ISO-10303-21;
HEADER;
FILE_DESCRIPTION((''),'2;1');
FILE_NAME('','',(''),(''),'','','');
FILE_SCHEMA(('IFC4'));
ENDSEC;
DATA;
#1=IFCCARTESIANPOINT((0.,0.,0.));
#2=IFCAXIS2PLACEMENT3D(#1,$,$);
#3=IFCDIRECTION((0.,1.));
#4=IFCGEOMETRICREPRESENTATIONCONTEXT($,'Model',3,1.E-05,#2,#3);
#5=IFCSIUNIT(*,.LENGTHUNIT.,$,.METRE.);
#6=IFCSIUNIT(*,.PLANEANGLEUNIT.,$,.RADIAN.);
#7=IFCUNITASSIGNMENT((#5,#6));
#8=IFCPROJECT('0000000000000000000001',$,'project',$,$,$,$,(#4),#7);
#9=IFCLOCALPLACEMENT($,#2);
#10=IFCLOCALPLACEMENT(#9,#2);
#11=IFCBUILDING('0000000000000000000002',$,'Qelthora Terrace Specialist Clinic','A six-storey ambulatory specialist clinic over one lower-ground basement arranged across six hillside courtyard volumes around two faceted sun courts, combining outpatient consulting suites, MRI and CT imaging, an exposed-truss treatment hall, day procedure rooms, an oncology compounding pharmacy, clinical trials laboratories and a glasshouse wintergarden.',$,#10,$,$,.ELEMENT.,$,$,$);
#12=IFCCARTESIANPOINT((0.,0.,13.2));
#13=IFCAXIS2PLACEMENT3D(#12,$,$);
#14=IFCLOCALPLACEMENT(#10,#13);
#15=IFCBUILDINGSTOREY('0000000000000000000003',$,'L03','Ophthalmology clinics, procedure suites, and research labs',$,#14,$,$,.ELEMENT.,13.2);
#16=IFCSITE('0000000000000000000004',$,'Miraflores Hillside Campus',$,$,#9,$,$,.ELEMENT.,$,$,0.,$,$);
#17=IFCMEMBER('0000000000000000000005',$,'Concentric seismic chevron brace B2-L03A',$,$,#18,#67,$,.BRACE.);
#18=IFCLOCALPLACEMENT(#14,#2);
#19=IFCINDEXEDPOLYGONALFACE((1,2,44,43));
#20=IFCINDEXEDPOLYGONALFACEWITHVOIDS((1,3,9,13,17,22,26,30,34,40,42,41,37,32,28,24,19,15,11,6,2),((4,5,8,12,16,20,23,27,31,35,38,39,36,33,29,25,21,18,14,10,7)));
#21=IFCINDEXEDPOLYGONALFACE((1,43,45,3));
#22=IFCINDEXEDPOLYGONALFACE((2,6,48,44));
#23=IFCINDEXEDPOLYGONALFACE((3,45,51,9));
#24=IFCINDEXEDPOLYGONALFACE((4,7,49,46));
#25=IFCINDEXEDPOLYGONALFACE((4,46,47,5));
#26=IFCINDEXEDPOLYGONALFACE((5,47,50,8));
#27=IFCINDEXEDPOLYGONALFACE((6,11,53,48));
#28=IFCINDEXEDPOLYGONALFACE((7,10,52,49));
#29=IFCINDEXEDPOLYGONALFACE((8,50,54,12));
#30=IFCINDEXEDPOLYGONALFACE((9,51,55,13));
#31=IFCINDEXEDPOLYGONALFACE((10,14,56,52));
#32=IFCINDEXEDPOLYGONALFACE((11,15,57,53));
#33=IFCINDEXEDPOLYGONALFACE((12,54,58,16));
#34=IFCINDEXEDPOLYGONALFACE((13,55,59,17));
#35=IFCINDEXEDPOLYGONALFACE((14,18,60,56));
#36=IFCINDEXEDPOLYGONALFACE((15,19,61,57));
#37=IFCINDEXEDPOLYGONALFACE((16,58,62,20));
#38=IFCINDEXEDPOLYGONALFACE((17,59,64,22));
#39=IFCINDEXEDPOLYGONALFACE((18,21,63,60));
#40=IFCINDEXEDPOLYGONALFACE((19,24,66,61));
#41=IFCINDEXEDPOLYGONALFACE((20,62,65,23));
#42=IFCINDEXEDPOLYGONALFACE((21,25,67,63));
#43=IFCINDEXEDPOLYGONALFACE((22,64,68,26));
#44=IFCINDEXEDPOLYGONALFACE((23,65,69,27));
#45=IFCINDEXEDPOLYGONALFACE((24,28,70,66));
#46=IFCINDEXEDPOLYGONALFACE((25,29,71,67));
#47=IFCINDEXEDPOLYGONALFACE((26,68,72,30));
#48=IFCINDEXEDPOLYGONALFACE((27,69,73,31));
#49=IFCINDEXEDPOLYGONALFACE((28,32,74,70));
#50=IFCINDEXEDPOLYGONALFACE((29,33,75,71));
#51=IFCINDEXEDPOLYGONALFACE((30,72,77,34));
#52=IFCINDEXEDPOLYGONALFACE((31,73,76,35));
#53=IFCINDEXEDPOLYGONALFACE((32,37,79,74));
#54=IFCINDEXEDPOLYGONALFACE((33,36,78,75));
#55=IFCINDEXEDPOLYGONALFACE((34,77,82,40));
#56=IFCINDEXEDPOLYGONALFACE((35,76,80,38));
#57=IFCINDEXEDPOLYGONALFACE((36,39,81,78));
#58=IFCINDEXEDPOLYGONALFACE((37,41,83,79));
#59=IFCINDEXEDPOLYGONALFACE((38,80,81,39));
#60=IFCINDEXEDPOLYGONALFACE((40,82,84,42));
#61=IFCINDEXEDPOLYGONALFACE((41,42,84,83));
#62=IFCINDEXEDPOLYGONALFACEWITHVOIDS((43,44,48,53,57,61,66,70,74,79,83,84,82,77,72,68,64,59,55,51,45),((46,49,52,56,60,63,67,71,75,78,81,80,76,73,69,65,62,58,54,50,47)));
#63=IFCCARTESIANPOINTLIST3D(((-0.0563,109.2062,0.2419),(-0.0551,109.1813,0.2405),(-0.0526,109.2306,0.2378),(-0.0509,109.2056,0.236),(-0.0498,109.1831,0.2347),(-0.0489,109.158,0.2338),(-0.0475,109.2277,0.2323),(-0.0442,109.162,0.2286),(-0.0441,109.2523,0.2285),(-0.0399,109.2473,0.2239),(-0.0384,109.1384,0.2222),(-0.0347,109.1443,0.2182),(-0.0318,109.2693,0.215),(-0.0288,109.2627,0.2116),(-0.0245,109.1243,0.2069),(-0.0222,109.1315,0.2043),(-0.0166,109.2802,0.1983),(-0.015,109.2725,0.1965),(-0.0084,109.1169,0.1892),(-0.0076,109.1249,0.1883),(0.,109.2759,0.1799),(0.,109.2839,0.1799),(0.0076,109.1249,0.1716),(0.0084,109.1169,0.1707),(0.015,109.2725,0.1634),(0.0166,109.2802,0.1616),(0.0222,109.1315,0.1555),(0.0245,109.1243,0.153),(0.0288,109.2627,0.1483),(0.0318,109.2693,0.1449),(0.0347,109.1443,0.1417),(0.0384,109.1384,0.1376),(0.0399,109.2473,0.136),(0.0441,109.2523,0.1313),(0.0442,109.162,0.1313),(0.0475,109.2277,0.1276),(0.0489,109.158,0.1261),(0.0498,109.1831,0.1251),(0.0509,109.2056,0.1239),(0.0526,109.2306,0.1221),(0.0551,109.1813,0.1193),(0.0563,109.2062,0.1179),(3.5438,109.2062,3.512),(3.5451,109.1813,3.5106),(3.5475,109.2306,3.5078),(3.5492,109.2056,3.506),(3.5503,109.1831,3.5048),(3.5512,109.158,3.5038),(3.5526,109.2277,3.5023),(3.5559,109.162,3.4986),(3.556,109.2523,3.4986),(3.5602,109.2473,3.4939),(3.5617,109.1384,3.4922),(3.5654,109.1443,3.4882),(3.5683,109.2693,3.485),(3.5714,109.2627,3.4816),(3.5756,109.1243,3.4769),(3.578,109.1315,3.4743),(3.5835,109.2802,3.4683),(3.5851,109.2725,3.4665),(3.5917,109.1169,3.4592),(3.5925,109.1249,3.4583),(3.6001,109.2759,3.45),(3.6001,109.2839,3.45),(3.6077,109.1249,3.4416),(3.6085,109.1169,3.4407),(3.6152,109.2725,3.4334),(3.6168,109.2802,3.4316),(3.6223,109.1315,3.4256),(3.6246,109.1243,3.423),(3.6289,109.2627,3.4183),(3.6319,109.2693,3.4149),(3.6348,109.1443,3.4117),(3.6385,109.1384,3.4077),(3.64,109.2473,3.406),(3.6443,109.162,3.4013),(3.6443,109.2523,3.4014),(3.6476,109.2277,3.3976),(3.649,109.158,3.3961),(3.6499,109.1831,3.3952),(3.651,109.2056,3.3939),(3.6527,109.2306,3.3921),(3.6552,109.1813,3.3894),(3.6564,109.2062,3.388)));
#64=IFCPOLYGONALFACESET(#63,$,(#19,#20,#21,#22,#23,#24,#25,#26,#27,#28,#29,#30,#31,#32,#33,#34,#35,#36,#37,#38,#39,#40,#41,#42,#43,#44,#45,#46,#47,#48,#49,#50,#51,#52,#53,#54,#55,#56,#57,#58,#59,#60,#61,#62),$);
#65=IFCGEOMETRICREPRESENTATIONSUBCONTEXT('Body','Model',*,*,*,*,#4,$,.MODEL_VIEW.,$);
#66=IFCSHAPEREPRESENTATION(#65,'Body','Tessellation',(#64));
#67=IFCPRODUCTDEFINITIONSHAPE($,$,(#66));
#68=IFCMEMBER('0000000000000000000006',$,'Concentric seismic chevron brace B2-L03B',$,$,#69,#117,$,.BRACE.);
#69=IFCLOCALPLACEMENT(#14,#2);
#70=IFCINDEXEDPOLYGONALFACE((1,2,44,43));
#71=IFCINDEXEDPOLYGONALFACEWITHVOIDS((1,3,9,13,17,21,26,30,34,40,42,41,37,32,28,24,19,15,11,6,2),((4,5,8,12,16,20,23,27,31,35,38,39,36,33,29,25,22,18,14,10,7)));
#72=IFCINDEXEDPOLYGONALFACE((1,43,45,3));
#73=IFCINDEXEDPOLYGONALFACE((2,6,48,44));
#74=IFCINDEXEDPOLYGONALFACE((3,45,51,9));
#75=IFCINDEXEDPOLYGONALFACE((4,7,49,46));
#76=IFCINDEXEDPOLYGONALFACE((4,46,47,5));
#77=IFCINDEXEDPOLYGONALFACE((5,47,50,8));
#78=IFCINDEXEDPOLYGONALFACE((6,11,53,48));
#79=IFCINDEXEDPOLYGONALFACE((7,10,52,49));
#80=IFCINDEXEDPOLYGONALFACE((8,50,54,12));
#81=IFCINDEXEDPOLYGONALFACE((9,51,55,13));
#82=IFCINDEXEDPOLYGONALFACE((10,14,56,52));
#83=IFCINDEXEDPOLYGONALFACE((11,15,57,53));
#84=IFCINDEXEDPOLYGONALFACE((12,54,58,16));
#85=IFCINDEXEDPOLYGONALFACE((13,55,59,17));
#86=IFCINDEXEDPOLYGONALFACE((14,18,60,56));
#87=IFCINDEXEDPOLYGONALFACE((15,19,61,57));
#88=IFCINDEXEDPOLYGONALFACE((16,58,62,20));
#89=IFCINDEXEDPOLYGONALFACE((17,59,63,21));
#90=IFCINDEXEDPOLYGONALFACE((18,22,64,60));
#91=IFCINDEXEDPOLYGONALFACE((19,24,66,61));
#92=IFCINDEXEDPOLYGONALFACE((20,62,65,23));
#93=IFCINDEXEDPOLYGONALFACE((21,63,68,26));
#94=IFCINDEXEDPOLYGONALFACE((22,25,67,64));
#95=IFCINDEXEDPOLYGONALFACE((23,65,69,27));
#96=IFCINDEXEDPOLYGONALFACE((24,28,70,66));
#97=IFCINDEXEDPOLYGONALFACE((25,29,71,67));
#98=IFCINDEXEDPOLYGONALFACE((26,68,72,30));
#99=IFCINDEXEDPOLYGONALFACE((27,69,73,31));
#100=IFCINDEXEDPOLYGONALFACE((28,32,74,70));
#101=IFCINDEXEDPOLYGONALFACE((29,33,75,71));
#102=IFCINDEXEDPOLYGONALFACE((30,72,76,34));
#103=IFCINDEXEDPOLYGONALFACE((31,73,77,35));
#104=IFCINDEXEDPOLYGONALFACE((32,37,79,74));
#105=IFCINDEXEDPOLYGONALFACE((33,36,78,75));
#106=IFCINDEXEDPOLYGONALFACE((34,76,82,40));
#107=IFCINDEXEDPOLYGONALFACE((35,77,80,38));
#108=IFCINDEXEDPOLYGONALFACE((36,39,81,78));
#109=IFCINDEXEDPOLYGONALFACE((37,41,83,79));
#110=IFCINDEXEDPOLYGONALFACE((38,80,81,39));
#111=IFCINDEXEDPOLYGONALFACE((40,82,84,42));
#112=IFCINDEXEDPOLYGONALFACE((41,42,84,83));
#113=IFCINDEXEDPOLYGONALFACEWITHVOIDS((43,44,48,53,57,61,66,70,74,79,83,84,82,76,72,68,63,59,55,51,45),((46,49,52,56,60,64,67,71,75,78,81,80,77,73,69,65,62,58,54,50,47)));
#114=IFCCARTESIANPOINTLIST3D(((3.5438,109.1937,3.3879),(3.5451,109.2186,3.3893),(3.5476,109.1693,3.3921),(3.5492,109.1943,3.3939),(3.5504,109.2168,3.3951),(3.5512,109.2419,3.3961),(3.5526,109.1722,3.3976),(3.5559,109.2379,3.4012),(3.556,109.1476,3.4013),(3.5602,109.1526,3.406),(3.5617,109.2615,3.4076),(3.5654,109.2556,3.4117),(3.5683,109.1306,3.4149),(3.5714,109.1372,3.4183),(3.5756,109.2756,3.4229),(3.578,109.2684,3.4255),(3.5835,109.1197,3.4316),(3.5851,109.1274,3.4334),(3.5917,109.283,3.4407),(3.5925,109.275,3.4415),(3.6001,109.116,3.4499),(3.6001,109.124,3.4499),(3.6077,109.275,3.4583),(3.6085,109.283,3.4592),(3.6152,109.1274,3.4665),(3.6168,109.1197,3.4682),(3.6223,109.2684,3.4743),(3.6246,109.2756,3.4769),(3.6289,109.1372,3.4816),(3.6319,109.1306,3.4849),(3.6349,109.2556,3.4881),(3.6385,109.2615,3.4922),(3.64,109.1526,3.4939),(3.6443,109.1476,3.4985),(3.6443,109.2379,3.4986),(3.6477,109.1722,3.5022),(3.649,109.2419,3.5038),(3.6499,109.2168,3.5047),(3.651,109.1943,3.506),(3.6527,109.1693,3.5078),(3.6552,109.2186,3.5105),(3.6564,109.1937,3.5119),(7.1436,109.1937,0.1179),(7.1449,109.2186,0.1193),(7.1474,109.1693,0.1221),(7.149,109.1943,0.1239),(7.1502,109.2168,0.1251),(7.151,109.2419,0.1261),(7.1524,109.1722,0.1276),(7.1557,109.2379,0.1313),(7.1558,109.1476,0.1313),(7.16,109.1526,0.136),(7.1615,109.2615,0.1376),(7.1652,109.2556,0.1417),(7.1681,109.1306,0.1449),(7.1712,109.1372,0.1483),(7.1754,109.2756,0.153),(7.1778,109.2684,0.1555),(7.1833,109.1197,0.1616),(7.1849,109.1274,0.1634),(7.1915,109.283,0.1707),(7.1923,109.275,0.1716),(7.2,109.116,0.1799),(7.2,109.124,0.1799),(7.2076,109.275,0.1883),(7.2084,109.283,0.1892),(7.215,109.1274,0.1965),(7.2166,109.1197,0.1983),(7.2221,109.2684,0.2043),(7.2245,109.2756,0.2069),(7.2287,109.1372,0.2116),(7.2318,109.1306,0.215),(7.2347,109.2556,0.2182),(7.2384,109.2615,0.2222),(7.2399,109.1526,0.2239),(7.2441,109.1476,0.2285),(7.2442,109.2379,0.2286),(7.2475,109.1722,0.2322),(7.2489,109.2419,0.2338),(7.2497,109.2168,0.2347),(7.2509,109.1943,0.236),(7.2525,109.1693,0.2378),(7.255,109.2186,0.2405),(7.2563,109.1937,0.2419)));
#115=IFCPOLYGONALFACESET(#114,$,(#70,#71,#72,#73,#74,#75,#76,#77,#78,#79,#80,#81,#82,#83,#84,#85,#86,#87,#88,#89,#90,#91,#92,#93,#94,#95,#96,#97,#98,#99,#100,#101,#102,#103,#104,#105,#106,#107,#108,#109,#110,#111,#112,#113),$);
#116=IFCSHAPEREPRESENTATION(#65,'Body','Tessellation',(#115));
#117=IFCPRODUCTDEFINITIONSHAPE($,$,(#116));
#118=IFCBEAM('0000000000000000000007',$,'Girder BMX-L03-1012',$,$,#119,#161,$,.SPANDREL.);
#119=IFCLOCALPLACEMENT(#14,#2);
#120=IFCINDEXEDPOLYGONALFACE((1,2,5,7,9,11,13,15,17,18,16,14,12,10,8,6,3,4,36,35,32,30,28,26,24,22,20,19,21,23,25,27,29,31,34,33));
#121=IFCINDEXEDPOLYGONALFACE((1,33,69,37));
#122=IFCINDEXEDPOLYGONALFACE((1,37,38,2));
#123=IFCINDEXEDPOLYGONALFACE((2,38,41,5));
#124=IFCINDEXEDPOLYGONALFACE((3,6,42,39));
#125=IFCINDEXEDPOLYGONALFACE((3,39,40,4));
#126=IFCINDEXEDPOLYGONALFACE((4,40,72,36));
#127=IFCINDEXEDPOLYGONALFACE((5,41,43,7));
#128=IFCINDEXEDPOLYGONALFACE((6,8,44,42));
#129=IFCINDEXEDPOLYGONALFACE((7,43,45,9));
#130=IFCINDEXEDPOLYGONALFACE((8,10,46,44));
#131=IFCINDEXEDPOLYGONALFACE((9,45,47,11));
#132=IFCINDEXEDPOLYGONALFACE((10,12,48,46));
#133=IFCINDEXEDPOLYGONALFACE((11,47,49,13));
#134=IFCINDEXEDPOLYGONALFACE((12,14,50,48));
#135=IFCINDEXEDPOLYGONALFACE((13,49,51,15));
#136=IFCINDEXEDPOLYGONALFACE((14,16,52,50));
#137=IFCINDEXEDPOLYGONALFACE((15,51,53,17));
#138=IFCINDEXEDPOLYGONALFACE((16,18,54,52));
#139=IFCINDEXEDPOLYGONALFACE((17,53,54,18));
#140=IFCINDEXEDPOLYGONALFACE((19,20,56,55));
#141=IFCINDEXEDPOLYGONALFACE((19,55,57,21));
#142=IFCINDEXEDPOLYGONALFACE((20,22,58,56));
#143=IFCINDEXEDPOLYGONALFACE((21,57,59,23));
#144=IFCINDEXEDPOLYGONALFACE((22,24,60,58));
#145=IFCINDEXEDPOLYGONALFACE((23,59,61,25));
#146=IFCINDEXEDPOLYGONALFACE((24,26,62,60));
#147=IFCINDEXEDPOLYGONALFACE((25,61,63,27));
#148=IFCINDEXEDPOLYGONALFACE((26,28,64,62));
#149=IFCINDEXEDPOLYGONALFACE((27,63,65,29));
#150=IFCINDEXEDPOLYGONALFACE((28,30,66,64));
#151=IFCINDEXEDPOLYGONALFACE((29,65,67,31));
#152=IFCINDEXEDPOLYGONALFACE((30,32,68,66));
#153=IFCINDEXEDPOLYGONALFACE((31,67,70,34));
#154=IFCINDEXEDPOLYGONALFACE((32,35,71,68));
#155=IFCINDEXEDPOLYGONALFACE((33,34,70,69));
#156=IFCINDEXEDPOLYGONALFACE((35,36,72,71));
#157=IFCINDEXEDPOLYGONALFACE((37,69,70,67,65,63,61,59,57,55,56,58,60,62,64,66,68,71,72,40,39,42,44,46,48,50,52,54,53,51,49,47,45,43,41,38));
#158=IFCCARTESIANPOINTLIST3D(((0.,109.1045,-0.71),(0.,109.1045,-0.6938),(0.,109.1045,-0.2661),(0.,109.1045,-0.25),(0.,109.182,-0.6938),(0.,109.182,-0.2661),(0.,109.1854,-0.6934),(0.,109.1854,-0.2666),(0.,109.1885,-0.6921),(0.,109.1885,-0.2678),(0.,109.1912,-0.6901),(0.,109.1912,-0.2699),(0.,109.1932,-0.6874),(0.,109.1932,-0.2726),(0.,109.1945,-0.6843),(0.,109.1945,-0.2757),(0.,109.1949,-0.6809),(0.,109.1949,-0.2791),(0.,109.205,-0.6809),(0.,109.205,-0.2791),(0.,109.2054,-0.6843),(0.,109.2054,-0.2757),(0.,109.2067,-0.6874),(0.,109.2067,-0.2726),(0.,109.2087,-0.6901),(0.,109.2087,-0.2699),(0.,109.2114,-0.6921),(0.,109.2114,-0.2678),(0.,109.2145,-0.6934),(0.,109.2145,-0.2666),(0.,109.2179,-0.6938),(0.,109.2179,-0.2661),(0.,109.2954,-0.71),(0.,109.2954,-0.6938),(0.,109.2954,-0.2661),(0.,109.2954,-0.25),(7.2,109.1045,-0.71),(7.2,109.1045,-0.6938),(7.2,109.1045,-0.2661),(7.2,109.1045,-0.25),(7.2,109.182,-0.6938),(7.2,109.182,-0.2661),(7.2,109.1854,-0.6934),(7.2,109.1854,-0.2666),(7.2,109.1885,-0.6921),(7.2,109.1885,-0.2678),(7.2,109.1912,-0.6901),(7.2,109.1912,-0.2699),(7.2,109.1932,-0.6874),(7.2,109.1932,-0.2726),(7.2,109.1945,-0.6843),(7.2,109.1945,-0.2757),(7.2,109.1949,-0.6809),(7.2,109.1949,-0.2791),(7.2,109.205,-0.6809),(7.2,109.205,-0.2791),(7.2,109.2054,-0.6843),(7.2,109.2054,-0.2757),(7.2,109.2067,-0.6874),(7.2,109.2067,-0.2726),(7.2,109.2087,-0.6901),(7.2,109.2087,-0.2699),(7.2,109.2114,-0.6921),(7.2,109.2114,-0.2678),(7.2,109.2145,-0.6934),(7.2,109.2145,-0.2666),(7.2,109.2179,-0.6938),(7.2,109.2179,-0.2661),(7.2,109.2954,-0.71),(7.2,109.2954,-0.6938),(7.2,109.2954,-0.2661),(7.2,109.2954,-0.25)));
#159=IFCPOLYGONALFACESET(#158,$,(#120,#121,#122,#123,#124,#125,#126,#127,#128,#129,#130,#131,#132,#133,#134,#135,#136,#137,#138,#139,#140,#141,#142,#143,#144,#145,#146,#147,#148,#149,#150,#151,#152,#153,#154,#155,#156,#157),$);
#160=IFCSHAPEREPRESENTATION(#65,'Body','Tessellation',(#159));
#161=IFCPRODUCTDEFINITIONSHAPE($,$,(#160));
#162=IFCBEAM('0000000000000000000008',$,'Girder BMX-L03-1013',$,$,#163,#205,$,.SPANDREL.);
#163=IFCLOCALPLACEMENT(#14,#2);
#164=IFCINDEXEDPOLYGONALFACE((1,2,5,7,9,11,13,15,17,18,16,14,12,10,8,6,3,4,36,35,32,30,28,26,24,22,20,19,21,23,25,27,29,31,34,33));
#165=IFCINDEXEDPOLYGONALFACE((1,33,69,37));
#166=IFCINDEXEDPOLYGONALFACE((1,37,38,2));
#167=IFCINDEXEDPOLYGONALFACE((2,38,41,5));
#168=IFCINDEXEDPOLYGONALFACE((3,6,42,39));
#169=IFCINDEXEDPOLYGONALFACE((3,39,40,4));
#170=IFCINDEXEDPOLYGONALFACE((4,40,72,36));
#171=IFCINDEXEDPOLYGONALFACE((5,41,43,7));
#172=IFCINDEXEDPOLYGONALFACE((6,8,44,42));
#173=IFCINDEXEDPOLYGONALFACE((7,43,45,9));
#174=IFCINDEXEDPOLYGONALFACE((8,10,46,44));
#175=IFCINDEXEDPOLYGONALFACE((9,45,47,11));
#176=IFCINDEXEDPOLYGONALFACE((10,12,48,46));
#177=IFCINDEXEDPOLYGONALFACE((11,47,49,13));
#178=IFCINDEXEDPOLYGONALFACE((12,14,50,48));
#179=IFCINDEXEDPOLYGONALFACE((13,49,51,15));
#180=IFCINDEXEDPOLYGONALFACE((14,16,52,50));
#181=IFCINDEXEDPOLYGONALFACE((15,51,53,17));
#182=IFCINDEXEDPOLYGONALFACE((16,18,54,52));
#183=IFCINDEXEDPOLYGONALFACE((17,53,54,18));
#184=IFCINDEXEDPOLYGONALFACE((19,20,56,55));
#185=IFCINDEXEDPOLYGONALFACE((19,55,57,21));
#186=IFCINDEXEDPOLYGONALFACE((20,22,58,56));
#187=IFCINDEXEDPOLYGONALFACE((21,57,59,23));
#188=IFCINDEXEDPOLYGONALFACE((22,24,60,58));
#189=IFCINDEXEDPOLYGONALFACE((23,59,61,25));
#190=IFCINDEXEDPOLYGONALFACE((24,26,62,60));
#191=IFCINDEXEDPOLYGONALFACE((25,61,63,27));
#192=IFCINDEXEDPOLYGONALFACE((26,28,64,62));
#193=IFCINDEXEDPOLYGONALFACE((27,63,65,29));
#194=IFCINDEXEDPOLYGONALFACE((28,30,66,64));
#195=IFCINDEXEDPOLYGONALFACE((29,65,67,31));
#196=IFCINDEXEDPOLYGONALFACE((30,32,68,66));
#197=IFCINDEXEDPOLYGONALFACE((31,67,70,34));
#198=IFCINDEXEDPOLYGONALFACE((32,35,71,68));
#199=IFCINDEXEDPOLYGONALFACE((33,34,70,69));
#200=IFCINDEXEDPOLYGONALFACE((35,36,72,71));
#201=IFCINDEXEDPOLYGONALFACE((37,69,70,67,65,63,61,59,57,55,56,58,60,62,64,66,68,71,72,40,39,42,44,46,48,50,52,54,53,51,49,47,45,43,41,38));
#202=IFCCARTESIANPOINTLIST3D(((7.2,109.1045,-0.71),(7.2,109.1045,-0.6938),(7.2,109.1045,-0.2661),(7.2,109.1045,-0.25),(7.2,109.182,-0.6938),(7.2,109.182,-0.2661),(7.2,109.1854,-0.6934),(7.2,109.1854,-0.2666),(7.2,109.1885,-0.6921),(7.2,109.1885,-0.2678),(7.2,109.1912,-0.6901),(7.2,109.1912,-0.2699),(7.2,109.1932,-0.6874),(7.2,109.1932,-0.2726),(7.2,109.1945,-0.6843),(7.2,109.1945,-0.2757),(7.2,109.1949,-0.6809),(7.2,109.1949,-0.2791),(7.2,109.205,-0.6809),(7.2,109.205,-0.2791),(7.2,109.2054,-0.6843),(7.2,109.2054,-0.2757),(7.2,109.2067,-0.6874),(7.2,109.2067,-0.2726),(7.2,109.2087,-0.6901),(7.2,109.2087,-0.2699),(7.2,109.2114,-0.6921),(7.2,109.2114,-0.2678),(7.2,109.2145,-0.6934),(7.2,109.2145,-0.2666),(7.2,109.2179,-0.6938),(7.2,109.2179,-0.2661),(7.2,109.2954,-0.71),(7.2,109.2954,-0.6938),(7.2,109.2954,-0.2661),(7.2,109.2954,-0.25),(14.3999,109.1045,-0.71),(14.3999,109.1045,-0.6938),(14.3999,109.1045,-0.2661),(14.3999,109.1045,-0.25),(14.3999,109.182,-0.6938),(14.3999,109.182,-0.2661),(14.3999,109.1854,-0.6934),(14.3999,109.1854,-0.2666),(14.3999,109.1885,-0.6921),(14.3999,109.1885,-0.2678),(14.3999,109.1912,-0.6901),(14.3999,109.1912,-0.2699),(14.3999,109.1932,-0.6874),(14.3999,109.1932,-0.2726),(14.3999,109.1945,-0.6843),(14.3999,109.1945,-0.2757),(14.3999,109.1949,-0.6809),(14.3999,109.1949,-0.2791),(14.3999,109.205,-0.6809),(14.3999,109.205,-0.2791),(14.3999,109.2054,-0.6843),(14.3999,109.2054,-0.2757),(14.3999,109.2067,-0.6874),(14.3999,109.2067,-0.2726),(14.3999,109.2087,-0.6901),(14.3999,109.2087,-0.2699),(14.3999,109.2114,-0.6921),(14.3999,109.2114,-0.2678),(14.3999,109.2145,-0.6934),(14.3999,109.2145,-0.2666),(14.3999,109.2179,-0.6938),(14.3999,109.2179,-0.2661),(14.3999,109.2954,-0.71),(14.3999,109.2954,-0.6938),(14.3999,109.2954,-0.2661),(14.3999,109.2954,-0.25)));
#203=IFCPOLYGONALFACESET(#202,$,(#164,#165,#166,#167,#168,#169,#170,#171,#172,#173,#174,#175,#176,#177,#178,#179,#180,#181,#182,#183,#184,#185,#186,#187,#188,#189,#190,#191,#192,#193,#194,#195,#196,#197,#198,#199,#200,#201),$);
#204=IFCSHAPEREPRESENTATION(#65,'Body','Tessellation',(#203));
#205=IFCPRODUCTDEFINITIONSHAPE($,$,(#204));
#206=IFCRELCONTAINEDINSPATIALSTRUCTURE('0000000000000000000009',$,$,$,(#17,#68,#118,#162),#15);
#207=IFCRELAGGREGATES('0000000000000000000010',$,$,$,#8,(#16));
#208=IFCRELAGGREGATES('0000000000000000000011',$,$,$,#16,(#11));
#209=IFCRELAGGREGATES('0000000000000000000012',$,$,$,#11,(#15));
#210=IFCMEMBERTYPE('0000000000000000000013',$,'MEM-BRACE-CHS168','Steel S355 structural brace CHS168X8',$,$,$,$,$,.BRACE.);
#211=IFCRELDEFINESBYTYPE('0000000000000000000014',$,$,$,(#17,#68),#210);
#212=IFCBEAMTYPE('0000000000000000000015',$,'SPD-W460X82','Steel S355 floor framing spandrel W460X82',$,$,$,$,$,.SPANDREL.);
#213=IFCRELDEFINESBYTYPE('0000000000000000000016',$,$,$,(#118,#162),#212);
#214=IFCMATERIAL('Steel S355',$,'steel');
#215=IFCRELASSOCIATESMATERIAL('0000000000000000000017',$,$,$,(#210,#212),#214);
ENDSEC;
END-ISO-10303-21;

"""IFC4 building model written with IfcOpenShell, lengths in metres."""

from ifc_helpers import new_model, si_unit, direction, frame, origin, origin_2d, place, context, subcontext, project, spatial, hollow_circle, i_section, extrude, material, material_profile, profile_set, type_object, element, save


model = new_model("IFC4")

# Units and contexts
model_context = context("Model", 3, precision=1e-05, world=origin(), true_north=direction((0.0, 1.0)))
body_context = subcontext(model_context, "Body", "Model", "MODEL_VIEW")
ifc_project = project(units=[si_unit("LENGTHUNIT", "METRE"), si_unit("PLANEANGLEUNIT", "RADIAN")], contexts=[model_context])

# Site, building, storey
site_placement = place(None, origin())
site = spatial("IfcSite", under=ifc_project, at=site_placement, Name="Miraflores Hillside Campus", CompositionType="ELEMENT", RefElevation=0.0)
building_placement = place(site_placement, origin())
building = spatial("IfcBuilding", under=site, at=building_placement, Name="Qelthora Terrace Specialist Clinic", Description="A six-storey ambulatory specialist clinic over one lower-ground basement arranged across six hillside courtyard volumes around two faceted sun courts, combining outpatient consulting suites, MRI and CT imaging, an exposed-truss treatment hall, day procedure rooms, an oncology compounding pharmacy, clinical trials laboratories and a glasshouse wintergarden.", CompositionType="ELEMENT")
storey_placement = place(building_placement, frame((0.0, 0.0, 13.2)))
storey = spatial("IfcBuildingStorey", under=building, at=storey_placement, Name="L03", Description="Ophthalmology clinics, procedure suites, and research labs", CompositionType="ELEMENT", Elevation=13.2)

# Shared definitions
ifc_material_1 = material(Name="Steel S355", Category="steel")

# Members
ifc_material_profile_1 = material_profile(ifc_material_1, hollow_circle(Radius=0.084, WallThickness=0.0081, at=origin_2d()), Name="CHS168X8")
ifc_profile_set_1 = profile_set([ifc_material_profile_1], Name="Steel S355")
member_type = type_object("IfcMemberType", Name="MEM-BRACE-CHS168", Description="Steel S355 structural brace CHS168X8", PredefinedType="BRACE", material=ifc_profile_set_1)
member_1_placement = place(storey_placement, frame((0.0, 109.2, 0.1799), z_axis=(0.740226, 0.0, 0.672358), x_axis=(0.0, 1.0, 0.0)))
element("IfcMember", 1, at=member_1_placement, inside=storey, type_object=member_type, Name="Concentric seismic chevron brace B2-L03A", PredefinedType="BRACE", context=body_context, shape_type="SweptSolid", body=[
    extrude(hollow_circle(Radius=0.084, WallThickness=0.0081, at=origin_2d()), origin(), (0.0, 0.0, 1.0), 4.8635),
])
member_2_placement = place(storey_placement, frame((7.2, 109.2, 0.1799), z_axis=(-0.740204, 0.0, 0.672383), x_axis=(0.0, -1.0, 0.0)))
element("IfcMember", 2, at=member_2_placement, inside=storey, type_object=member_type, Name="Concentric seismic chevron brace B2-L03B", PredefinedType="BRACE", context=body_context, shape_type="SweptSolid", body=[
    extrude(hollow_circle(Radius=0.084, WallThickness=0.0081, at=origin_2d()), origin(), (0.0, 0.0, 1.0), 4.8633),
])

# Beams
ifc_material_profile_2 = material_profile(ifc_material_1, i_section(OverallWidth=0.1909, OverallDepth=0.46, WebThickness=0.01, FlangeThickness=0.0161, FilletRadius=0.0129, at=origin_2d()), Name="W460X82")
ifc_profile_set_2 = profile_set([ifc_material_profile_2], Name="Steel S355")
beam_type = type_object("IfcBeamType", Name="SPD-W460X82", Description="Steel S355 floor framing spandrel W460X82", PredefinedType="SPANDREL", material=ifc_profile_set_2)
for number, where, z_axis, x_axis, name in (
    (3, (0.0, 109.2, -0.48), (1.0, 0.0, 0.0), (0.0, 1.0, 0.0), "Girder BMX-L03-1012"),
    (4, (7.2, 109.2, -0.48), (1.0, 0.0, 0.0), (0.0, 1.0, 0.0), "Girder BMX-L03-1013"),
):
    element("IfcBeam", number, at=place(storey_placement, frame(where, z_axis=z_axis, x_axis=x_axis)), inside=storey, type_object=beam_type, Name=name, PredefinedType="SPANDREL", context=body_context, shape_type="SweptSolid", body=[
        extrude(i_section(OverallWidth=0.1909, OverallDepth=0.46, WebThickness=0.01, FlangeThickness=0.0161, FilletRadius=0.0129, at=origin_2d()), origin(), (0.0, 0.0, 1.0), 7.2),
    ])

save(model, "model.ifc")
